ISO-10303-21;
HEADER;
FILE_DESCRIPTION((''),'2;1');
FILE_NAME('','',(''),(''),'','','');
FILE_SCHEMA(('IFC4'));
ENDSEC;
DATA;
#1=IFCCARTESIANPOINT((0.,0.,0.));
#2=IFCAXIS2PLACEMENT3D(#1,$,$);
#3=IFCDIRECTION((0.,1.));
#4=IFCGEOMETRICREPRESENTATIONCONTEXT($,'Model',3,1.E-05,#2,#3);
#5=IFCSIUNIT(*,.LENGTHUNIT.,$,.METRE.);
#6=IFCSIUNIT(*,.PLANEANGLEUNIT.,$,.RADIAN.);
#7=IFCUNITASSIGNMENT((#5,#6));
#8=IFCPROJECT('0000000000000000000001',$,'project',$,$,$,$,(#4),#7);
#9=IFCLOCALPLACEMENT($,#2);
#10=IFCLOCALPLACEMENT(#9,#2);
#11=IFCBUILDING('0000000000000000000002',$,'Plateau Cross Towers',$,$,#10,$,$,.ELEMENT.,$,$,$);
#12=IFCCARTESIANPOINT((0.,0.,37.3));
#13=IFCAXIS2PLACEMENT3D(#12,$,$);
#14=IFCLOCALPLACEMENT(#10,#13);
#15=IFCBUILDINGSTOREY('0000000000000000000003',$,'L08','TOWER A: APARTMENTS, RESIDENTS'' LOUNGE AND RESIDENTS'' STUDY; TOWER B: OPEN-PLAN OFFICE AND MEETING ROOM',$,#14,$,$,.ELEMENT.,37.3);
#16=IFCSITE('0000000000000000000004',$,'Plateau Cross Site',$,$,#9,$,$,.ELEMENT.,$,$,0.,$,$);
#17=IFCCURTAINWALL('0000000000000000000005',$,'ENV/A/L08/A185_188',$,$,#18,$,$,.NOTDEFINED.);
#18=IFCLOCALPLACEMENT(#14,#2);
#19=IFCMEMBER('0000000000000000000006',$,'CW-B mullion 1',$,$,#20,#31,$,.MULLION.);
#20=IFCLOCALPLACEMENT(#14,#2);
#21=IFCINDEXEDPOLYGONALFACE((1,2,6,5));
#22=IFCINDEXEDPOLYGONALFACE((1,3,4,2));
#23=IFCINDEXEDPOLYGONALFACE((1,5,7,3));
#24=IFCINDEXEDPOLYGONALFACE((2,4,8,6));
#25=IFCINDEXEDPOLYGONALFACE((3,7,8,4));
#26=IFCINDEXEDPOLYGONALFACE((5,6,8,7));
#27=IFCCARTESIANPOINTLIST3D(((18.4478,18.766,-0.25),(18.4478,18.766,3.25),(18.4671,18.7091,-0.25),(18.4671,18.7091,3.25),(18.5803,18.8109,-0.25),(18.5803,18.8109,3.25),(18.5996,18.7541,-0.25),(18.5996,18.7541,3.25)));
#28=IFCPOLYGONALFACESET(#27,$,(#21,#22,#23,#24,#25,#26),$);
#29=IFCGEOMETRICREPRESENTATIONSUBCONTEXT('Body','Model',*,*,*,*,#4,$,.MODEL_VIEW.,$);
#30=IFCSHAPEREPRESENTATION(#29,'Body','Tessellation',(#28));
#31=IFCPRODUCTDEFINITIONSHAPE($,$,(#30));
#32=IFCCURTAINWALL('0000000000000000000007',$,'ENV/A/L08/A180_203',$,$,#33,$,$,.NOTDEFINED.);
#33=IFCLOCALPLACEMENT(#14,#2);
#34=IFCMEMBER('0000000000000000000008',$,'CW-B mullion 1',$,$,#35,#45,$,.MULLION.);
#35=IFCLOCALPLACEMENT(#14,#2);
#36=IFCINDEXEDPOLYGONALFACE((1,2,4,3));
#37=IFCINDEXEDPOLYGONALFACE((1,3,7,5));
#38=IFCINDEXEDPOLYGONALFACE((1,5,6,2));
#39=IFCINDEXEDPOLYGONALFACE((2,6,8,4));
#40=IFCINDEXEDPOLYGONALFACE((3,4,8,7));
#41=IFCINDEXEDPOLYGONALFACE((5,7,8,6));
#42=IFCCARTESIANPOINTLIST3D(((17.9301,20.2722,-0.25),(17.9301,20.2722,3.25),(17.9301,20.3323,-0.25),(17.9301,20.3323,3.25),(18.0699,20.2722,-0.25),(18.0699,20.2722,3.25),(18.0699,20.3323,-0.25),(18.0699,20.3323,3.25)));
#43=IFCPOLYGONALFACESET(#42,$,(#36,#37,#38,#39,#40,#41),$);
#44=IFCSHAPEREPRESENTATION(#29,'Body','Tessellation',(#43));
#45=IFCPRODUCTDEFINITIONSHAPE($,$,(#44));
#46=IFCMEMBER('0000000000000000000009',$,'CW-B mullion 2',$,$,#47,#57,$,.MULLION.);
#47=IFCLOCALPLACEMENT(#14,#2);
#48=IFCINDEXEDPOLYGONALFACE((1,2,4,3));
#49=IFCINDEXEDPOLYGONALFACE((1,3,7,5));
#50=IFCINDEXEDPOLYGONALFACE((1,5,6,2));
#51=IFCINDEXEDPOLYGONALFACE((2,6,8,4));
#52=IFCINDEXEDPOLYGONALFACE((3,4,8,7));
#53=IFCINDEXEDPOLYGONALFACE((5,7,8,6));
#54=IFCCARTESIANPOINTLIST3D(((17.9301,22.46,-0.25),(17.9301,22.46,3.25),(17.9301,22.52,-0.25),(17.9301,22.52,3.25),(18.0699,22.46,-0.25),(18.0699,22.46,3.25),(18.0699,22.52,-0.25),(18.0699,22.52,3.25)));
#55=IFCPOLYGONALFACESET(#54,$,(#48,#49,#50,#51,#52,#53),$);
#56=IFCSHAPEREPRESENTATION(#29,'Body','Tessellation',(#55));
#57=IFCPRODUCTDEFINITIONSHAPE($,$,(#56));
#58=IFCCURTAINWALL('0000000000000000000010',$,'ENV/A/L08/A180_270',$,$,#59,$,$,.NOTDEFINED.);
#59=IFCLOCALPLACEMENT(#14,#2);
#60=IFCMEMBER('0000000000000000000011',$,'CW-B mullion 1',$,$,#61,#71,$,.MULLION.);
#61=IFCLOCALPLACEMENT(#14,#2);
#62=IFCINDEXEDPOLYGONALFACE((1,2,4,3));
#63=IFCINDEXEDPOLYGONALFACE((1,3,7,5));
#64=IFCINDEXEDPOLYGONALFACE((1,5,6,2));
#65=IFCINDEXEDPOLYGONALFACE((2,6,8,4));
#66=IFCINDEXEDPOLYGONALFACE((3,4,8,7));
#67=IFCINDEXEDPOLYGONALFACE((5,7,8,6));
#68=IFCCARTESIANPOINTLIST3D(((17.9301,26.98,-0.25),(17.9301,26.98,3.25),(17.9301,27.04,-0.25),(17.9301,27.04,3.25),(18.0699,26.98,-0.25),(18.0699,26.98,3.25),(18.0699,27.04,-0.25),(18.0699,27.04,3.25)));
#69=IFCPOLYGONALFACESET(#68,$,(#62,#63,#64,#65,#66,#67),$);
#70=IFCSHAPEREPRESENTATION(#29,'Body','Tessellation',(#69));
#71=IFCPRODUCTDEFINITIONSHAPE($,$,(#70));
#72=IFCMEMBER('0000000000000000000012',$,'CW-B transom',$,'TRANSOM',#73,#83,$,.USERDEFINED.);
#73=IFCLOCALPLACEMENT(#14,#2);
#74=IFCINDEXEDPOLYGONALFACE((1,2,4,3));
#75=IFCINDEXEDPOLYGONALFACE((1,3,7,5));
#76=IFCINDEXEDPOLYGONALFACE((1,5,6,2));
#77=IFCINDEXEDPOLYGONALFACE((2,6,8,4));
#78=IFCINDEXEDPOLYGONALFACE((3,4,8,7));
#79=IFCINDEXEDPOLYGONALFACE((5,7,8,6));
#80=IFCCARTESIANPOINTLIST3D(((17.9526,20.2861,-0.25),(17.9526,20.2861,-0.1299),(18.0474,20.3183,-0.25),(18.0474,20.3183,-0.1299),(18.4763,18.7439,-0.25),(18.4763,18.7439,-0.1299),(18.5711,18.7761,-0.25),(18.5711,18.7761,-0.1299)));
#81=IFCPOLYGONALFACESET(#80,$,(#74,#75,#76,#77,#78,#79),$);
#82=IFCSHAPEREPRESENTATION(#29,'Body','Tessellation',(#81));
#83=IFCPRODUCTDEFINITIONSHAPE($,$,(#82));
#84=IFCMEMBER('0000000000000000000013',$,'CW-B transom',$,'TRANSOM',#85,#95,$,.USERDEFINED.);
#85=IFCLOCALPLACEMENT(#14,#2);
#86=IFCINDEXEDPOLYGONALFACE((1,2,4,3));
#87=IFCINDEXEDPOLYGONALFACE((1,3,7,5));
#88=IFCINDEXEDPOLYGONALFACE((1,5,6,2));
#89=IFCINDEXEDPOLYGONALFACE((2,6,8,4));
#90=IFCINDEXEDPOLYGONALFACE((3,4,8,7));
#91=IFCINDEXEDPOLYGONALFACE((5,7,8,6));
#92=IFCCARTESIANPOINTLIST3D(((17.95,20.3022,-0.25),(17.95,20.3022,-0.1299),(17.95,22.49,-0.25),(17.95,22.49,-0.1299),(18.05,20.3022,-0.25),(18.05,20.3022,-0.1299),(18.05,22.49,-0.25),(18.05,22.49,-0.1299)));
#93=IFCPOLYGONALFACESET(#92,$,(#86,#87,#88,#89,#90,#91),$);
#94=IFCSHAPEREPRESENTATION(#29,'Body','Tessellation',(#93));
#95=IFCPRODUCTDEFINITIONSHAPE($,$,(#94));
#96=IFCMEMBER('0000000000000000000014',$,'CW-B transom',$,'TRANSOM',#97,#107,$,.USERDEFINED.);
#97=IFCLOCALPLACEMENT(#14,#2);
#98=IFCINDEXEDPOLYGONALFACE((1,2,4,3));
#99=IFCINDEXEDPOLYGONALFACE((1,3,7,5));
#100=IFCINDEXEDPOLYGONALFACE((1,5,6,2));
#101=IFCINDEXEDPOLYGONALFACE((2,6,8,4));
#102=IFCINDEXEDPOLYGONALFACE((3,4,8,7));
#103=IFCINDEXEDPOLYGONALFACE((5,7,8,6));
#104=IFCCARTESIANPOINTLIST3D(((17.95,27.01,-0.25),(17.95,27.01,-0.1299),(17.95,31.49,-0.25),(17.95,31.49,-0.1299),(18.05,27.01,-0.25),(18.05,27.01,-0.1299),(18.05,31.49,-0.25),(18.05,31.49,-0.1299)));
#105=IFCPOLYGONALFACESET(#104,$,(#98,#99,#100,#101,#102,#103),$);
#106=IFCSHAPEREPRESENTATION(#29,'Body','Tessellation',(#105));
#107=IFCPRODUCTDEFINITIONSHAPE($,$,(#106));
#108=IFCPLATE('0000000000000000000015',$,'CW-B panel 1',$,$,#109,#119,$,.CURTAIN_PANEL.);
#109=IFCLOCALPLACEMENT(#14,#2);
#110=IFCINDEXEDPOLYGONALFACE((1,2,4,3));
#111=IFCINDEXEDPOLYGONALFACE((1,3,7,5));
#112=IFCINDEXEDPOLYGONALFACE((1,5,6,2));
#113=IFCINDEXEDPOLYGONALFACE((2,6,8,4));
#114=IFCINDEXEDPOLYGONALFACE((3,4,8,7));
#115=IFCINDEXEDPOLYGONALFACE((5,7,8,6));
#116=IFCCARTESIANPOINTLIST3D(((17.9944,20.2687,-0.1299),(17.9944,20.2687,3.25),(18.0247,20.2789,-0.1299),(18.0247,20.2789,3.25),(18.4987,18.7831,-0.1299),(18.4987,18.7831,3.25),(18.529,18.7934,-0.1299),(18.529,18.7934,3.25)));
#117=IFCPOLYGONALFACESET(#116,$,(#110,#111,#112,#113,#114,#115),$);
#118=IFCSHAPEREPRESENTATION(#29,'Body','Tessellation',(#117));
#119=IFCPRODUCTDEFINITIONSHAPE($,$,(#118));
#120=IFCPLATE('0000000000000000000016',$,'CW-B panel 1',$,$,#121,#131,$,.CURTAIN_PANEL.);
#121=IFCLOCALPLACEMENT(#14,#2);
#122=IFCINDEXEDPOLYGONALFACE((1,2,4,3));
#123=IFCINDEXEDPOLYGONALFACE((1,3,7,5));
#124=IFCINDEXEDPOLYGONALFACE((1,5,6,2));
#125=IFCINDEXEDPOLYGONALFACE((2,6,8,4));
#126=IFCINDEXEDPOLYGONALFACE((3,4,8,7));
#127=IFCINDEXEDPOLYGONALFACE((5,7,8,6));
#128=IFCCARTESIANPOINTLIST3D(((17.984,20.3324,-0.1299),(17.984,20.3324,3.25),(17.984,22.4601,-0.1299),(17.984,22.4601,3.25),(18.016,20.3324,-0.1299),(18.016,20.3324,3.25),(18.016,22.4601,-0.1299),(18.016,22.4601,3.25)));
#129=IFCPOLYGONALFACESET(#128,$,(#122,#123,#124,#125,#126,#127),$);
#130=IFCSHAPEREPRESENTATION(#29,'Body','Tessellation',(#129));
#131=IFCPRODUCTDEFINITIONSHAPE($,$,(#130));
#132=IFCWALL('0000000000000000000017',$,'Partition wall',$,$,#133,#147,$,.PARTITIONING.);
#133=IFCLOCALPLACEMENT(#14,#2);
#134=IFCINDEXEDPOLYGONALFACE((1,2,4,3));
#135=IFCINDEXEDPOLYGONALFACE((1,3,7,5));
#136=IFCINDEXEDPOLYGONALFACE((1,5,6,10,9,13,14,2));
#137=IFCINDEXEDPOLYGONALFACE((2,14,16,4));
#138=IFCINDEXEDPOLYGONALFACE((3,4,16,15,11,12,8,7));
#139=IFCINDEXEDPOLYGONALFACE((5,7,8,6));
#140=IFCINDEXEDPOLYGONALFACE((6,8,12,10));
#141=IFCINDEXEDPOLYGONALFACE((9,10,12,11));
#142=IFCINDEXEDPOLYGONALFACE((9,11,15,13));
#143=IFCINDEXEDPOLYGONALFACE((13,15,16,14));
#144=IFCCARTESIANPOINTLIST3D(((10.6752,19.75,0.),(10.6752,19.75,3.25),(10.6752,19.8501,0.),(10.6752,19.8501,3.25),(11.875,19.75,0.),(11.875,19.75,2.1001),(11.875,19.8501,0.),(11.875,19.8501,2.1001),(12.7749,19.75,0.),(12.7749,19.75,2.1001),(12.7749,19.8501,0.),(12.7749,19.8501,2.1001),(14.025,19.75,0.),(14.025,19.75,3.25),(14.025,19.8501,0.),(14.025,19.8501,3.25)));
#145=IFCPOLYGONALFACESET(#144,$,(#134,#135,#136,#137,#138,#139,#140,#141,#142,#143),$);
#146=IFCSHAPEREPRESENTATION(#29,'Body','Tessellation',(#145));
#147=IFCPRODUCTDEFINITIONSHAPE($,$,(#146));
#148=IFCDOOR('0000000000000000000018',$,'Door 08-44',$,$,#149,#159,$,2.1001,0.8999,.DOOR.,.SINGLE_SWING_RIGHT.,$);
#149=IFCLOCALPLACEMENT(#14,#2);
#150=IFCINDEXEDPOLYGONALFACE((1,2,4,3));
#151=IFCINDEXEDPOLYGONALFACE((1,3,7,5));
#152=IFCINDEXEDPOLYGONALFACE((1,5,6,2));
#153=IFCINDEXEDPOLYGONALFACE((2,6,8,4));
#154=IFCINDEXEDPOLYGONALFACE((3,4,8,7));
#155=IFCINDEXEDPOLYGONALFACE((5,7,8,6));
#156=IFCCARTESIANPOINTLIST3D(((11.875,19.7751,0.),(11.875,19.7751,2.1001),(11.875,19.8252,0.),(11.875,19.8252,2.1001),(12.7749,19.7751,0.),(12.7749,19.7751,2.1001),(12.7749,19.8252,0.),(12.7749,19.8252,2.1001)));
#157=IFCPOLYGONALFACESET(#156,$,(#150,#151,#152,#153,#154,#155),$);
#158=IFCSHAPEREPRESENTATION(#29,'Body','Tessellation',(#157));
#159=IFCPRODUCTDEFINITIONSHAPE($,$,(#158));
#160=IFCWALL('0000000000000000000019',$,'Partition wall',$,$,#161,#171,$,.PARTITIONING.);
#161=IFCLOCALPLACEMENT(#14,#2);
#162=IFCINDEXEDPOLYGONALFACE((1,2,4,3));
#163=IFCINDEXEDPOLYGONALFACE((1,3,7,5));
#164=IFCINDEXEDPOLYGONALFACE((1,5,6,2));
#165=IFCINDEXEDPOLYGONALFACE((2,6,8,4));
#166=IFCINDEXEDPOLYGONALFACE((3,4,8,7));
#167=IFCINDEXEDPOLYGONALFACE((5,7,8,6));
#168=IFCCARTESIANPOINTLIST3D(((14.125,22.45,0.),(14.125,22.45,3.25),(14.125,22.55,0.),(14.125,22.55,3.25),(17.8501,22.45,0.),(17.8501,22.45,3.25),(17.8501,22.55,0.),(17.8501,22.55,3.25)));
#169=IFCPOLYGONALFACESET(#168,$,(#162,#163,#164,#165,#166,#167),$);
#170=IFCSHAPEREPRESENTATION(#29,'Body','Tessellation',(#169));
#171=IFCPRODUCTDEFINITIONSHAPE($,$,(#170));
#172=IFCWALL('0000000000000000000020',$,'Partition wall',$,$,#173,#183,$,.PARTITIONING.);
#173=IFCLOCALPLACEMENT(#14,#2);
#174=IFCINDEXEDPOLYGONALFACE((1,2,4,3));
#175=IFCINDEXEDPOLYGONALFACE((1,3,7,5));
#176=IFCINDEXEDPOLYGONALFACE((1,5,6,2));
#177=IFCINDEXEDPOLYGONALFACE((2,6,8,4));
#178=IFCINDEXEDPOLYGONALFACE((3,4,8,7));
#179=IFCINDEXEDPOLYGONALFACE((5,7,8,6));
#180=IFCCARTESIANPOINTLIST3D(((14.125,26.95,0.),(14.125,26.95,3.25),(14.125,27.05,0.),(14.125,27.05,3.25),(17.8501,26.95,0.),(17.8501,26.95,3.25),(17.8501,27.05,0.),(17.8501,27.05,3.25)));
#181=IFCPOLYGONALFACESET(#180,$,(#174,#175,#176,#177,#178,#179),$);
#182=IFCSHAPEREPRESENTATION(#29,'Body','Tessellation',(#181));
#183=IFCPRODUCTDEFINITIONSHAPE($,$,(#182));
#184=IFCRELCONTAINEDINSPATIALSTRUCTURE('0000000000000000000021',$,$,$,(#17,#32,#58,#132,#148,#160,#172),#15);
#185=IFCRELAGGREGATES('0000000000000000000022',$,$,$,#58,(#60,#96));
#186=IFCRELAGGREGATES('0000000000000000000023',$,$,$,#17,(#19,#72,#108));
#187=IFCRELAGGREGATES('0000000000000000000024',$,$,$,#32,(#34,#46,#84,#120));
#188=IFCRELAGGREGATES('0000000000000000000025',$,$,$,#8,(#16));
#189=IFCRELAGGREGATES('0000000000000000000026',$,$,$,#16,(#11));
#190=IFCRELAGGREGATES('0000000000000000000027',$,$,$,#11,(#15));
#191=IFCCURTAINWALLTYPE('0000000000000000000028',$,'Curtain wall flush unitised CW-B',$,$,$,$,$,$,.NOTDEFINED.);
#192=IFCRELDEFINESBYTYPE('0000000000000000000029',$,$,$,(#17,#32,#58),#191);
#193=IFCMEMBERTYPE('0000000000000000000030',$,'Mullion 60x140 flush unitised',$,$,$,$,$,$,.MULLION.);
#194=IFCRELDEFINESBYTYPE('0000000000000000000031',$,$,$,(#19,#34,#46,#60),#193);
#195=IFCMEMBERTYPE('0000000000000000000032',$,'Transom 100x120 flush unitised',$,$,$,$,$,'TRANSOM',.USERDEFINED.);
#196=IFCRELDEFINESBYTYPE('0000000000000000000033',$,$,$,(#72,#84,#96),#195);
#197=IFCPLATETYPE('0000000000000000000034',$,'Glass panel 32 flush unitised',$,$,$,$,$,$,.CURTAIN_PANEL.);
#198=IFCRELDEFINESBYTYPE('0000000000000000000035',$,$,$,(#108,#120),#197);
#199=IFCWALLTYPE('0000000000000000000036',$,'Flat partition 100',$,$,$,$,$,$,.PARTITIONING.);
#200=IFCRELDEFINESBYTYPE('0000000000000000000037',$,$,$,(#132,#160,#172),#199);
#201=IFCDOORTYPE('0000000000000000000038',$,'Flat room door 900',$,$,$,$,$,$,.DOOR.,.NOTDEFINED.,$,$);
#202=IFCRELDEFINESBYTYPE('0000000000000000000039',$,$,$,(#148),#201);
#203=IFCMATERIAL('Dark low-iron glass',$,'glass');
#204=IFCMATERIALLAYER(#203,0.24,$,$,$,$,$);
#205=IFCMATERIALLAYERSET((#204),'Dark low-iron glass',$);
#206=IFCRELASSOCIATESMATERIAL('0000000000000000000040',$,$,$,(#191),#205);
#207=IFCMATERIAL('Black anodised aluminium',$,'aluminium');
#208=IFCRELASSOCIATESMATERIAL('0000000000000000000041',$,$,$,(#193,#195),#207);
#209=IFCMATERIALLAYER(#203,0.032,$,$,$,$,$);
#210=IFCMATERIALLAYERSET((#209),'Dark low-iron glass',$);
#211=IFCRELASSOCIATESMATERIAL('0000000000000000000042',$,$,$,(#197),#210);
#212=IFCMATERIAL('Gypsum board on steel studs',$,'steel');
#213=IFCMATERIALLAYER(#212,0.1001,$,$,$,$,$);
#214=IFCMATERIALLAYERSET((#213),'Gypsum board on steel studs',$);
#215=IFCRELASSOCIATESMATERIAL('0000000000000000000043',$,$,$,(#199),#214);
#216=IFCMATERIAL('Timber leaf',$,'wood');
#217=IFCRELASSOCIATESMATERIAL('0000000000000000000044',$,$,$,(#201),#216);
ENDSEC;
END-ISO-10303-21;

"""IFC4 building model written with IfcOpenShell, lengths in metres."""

from ifc_helpers import new_model, si_unit, direction, frame, frame_2d, origin, origin_2d, place, context, subcontext, project, spatial, rectangle, extrude, material, layer, layer_set, material_profile, profile_set, type_object, element, fill, aggregate, save


model = new_model("IFC4")

# Units and contexts
model_context = context("Model", 3, precision=1e-05, world=origin(), true_north=direction((0.0, 1.0)))
body_context = subcontext(model_context, "Body", "Model", "MODEL_VIEW")
ifc_project = project(units=[si_unit("LENGTHUNIT", "METRE"), si_unit("PLANEANGLEUNIT", "RADIAN")], contexts=[model_context])

# Site, building, storey
site_placement = place(None, origin())
site = spatial("IfcSite", under=ifc_project, at=site_placement, Name="Plateau Cross Site", CompositionType="ELEMENT", RefElevation=0.0)
building_placement = place(site_placement, origin())
building = spatial("IfcBuilding", under=site, at=building_placement, Name="Plateau Cross Towers", CompositionType="ELEMENT")
storey_placement = place(building_placement, frame((0.0, 0.0, 37.3)))
storey = spatial("IfcBuildingStorey", under=building, at=storey_placement, Name="L08", Description="TOWER A: APARTMENTS, RESIDENTS' LOUNGE AND RESIDENTS' STUDY; TOWER B: OPEN-PLAN OFFICE AND MEETING ROOM", CompositionType="ELEMENT", Elevation=37.3)

# Curtain wall, member
ifc_material_1 = material(Name="Dark low-iron glass", Category="glass")
ifc_layer_1 = layer(ifc_material_1, 0.24)
ifc_layer_set_1 = layer_set([ifc_layer_1], Name="Dark low-iron glass")
curtain_wall_type = type_object("IfcCurtainWallType", Name="Curtain wall flush unitised CW-B", PredefinedType="NOTDEFINED", material=ifc_layer_set_1)
curtain_wall_1_placement = place(storey_placement, origin())
curtain_wall_1 = element("IfcCurtainWall", 1, at=curtain_wall_1_placement, inside=storey, type_object=curtain_wall_type, Name="ENV/A/L08/A185_188", PredefinedType="NOTDEFINED")
ifc_material_2 = material(Name="Black anodised aluminium", Category="aluminium")
ifc_material_profile_1 = material_profile(ifc_material_2, rectangle(XDim=0.0601, YDim=0.1399, at=origin_2d()), Name="MULLION 60x140")
ifc_profile_set_1 = profile_set([ifc_material_profile_1], Name="Black anodised aluminium")
member_type_1 = type_object("IfcMemberType", Name="Mullion 60x140 flush unitised", PredefinedType="MULLION", material=ifc_profile_set_1)
member_1_placement = place(storey_placement, frame((18.5237, 18.76, -0.25), z_axis=(0.0, 0.0, 1.0), x_axis=(-0.321469, 0.94692, 0.0)))
member_1 = element("IfcMember", 2, at=member_1_placement, type_object=member_type_1, Name="CW-B mullion 1", PredefinedType="MULLION", context=body_context, shape_type="SweptSolid", body=[
    extrude(rectangle(XDim=0.0601, YDim=0.1399, at=origin_2d()), origin(), (0.0, 0.0, 1.0), 3.5),
])

# Curtain wall, members
curtain_wall_2_placement = place(storey_placement, origin())
curtain_wall_2 = element("IfcCurtainWall", 3, at=curtain_wall_2_placement, inside=storey, type_object=curtain_wall_type, Name="ENV/A/L08/A180_203", PredefinedType="NOTDEFINED")
member_2_placement = place(storey_placement, frame((18.0, 20.3022, -0.25), z_axis=(0.0, 0.0, 1.0), x_axis=(0.0, 1.0, 0.0)))
member_2 = element("IfcMember", 4, at=member_2_placement, type_object=member_type_1, Name="CW-B mullion 1", PredefinedType="MULLION", context=body_context, shape_type="SweptSolid", body=[
    extrude(rectangle(XDim=0.0601, YDim=0.1399, at=origin_2d()), origin(), (0.0, 0.0, 1.0), 3.5),
])
member_3_placement = place(storey_placement, frame((18.0, 22.49, -0.25), z_axis=(0.0, 0.0, 1.0), x_axis=(0.0, 1.0, 0.0)))
member_3 = element("IfcMember", 5, at=member_3_placement, type_object=member_type_1, Name="CW-B mullion 2", PredefinedType="MULLION", context=body_context, shape_type="SweptSolid", body=[
    extrude(rectangle(XDim=0.0601, YDim=0.1399, at=origin_2d()), origin(), (0.0, 0.0, 1.0), 3.5),
])

# Curtain wall, member
curtain_wall_3_placement = place(storey_placement, origin())
curtain_wall_3 = element("IfcCurtainWall", 6, at=curtain_wall_3_placement, inside=storey, type_object=curtain_wall_type, Name="ENV/A/L08/A180_270", PredefinedType="NOTDEFINED")
member_4_placement = place(storey_placement, frame((18.0, 27.01, -0.25), z_axis=(0.0, 0.0, 1.0), x_axis=(0.0, 1.0, 0.0)))
member_4 = element("IfcMember", 7, at=member_4_placement, type_object=member_type_1, Name="CW-B mullion 1", PredefinedType="MULLION", context=body_context, shape_type="SweptSolid", body=[
    extrude(rectangle(XDim=0.0601, YDim=0.1399, at=origin_2d()), origin(), (0.0, 0.0, 1.0), 3.5),
])

# Members
ifc_material_profile_2 = material_profile(ifc_material_2, rectangle(XDim=0.1001, YDim=0.1201, at=origin_2d()), Name="TRANSOM 100x120")
ifc_profile_set_2 = profile_set([ifc_material_profile_2], Name="Black anodised aluminium")
member_type_2 = type_object("IfcMemberType", Name="Transom 100x120 flush unitised", ElementType="TRANSOM", PredefinedType="USERDEFINED", material=ifc_profile_set_2)
member_5_placement = place(storey_placement, frame((18.5237, 18.76, -0.1899), z_axis=(-0.321529, 0.9469, 0.0), x_axis=(-0.9469, -0.321529, 0.0)))
member_5 = element("IfcMember", 8, at=member_5_placement, type_object=member_type_2, Name="CW-B transom", ObjectType="TRANSOM", PredefinedType="USERDEFINED", context=body_context, shape_type="SweptSolid", body=[
    extrude(rectangle(XDim=0.1001, YDim=0.1201, at=origin_2d()), origin(), (0.0, 0.0, 1.0), 1.6287),
])
member_6_placement = place(storey_placement, frame((18.0, 20.3022, -0.1899), z_axis=(0.0, 1.0, 0.0), x_axis=(-1.0, 0.0, 0.0)))
member_6 = element("IfcMember", 9, at=member_6_placement, type_object=member_type_2, Name="CW-B transom", ObjectType="TRANSOM", PredefinedType="USERDEFINED", context=body_context, shape_type="SweptSolid", body=[
    extrude(rectangle(XDim=0.1001, YDim=0.1201, at=origin_2d()), origin(), (0.0, 0.0, 1.0), 2.1877),
])
member_7_placement = place(storey_placement, frame((18.0, 27.01, -0.1899), z_axis=(0.0, 1.0, 0.0), x_axis=(-1.0, 0.0, 0.0)))
member_7 = element("IfcMember", 10, at=member_7_placement, type_object=member_type_2, Name="CW-B transom", ObjectType="TRANSOM", PredefinedType="USERDEFINED", context=body_context, shape_type="SweptSolid", body=[
    extrude(rectangle(XDim=0.1001, YDim=0.1201, at=origin_2d()), origin(), (0.0, 0.0, 1.0), 4.48),
])
aggregate(curtain_wall_3, [member_4, member_7])

# Plates
ifc_layer_2 = layer(ifc_material_1, 0.032)
ifc_layer_set_2 = layer_set([ifc_layer_2], Name="Dark low-iron glass")
plate_type = type_object("IfcPlateType", Name="Glass panel 32 flush unitised", PredefinedType="CURTAIN_PANEL", material=ifc_layer_set_2)
plate_1_placement = place(storey_placement, frame((18.2617, 19.531, -0.1299), z_axis=(0.0, 0.0, 1.0), x_axis=(-0.321469, 0.94692, 0.0)))
plate_1 = element("IfcPlate", 11, at=plate_1_placement, type_object=plate_type, Name="CW-B panel 1", PredefinedType="CURTAIN_PANEL", context=body_context, shape_type="SweptSolid", body=[
    extrude(rectangle(XDim=1.5688, YDim=0.032, at=origin_2d()), origin(), (0.0, 0.0, 1.0), 3.3799),
])
aggregate(curtain_wall_1, [member_1, member_5, plate_1])
plate_2_placement = place(storey_placement, frame((18.0, 21.3962, -0.1299), z_axis=(0.0, 0.0, 1.0), x_axis=(0.0, 1.0, 0.0)))
plate_2 = element("IfcPlate", 12, at=plate_2_placement, type_object=plate_type, Name="CW-B panel 1", PredefinedType="CURTAIN_PANEL", context=body_context, shape_type="SweptSolid", body=[
    extrude(rectangle(XDim=2.1277, YDim=0.032, at=origin_2d()), origin(), (0.0, 0.0, 1.0), 3.3799),
])
aggregate(curtain_wall_2, [member_2, member_3, member_6, plate_2])

# Wall, opening, door
ifc_material_3 = material(Name="Gypsum board on steel studs", Category="steel")
ifc_layer_3 = layer(ifc_material_3, 0.1001)
ifc_layer_set_3 = layer_set([ifc_layer_3], Name="Gypsum board on steel studs")
wall_type_1 = type_object("IfcWallType", Name="Flat partition 100", PredefinedType="PARTITIONING", material=ifc_layer_set_3)
wall_1_placement = place(storey_placement, frame((14.0249, 19.8, 0.0), z_axis=(0.0, 0.0, 1.0), x_axis=(-1.0, 0.0, 0.0)))
wall_1 = element("IfcWall", 13, at=wall_1_placement, inside=storey, type_object=wall_type_1, Name="Partition wall", PredefinedType="PARTITIONING", context=body_context, shape_type="SweptSolid", body=[
    extrude(rectangle(XDim=3.3499, YDim=0.1001, at=frame_2d((1.6748, 0.0))), origin(), (0.0, 0.0, 1.0), 3.25),
])
opening_1_placement = place(wall_1_placement, frame((1.25, 0.0, 0.0)))
opening_1 = element("IfcOpeningElement", 14, at=opening_1_placement, cuts=wall_1, PredefinedType="OPENING", context=body_context, shape_type="SweptSolid", body=[
    extrude(rectangle(XDim=0.8999, YDim=2.1001, at=frame_2d((0.45, 1.05))), frame((0.0, 0.0601, 0.0), z_axis=(0.0, -1.0, 0.0), x_axis=(1.0, 0.0, 0.0)), (0.0, 0.0, 1.0), 0.1201),
])
ifc_material_4 = material(Name="Timber leaf", Category="wood")
door_type_1 = type_object("IfcDoorType", Name="Flat room door 900", OperationType="NOTDEFINED", PredefinedType="DOOR", material=ifc_material_4)
door_1_placement = place(opening_1_placement, origin())
door_1 = element("IfcDoor", 15, at=door_1_placement, inside=storey, type_object=door_type_1, Name="Door 08-44", OperationType="SINGLE_SWING_RIGHT", OverallHeight=2.1001, OverallWidth=0.8999, PredefinedType="DOOR", context=body_context, shape_type="SweptSolid", body=[
    extrude(rectangle(XDim=0.8999, YDim=2.1001, at=frame_2d((0.45, 1.05))), frame((0.0, 0.0249, 0.0), z_axis=(0.0, -1.0, 0.0), x_axis=(1.0, 0.0, 0.0)), (0.0, 0.0, 1.0), 0.05),
])
fill(opening_1, door_1)

# Walls
for number, where, z_axis, x_axis, name in (
    (16, (17.8501, 22.5, 0.0), (0.0, 0.0, 1.0), (-1.0, 0.0, 0.0), "Partition wall"),
    (17, (17.8501, 27.0, 0.0), (0.0, 0.0, 1.0), (-1.0, 0.0, 0.0), "Partition wall"),
):
    element("IfcWall", number, at=place(storey_placement, frame(where, z_axis=z_axis, x_axis=x_axis)), inside=storey, type_object=wall_type_1, Name=name, PredefinedType="PARTITIONING", context=body_context, shape_type="SweptSolid", body=[
        extrude(rectangle(XDim=3.7251, YDim=0.1001, at=frame_2d((1.8625, 0.0))), origin(), (0.0, 0.0, 1.0), 3.25),
    ])

save(model, "model.ifc")
